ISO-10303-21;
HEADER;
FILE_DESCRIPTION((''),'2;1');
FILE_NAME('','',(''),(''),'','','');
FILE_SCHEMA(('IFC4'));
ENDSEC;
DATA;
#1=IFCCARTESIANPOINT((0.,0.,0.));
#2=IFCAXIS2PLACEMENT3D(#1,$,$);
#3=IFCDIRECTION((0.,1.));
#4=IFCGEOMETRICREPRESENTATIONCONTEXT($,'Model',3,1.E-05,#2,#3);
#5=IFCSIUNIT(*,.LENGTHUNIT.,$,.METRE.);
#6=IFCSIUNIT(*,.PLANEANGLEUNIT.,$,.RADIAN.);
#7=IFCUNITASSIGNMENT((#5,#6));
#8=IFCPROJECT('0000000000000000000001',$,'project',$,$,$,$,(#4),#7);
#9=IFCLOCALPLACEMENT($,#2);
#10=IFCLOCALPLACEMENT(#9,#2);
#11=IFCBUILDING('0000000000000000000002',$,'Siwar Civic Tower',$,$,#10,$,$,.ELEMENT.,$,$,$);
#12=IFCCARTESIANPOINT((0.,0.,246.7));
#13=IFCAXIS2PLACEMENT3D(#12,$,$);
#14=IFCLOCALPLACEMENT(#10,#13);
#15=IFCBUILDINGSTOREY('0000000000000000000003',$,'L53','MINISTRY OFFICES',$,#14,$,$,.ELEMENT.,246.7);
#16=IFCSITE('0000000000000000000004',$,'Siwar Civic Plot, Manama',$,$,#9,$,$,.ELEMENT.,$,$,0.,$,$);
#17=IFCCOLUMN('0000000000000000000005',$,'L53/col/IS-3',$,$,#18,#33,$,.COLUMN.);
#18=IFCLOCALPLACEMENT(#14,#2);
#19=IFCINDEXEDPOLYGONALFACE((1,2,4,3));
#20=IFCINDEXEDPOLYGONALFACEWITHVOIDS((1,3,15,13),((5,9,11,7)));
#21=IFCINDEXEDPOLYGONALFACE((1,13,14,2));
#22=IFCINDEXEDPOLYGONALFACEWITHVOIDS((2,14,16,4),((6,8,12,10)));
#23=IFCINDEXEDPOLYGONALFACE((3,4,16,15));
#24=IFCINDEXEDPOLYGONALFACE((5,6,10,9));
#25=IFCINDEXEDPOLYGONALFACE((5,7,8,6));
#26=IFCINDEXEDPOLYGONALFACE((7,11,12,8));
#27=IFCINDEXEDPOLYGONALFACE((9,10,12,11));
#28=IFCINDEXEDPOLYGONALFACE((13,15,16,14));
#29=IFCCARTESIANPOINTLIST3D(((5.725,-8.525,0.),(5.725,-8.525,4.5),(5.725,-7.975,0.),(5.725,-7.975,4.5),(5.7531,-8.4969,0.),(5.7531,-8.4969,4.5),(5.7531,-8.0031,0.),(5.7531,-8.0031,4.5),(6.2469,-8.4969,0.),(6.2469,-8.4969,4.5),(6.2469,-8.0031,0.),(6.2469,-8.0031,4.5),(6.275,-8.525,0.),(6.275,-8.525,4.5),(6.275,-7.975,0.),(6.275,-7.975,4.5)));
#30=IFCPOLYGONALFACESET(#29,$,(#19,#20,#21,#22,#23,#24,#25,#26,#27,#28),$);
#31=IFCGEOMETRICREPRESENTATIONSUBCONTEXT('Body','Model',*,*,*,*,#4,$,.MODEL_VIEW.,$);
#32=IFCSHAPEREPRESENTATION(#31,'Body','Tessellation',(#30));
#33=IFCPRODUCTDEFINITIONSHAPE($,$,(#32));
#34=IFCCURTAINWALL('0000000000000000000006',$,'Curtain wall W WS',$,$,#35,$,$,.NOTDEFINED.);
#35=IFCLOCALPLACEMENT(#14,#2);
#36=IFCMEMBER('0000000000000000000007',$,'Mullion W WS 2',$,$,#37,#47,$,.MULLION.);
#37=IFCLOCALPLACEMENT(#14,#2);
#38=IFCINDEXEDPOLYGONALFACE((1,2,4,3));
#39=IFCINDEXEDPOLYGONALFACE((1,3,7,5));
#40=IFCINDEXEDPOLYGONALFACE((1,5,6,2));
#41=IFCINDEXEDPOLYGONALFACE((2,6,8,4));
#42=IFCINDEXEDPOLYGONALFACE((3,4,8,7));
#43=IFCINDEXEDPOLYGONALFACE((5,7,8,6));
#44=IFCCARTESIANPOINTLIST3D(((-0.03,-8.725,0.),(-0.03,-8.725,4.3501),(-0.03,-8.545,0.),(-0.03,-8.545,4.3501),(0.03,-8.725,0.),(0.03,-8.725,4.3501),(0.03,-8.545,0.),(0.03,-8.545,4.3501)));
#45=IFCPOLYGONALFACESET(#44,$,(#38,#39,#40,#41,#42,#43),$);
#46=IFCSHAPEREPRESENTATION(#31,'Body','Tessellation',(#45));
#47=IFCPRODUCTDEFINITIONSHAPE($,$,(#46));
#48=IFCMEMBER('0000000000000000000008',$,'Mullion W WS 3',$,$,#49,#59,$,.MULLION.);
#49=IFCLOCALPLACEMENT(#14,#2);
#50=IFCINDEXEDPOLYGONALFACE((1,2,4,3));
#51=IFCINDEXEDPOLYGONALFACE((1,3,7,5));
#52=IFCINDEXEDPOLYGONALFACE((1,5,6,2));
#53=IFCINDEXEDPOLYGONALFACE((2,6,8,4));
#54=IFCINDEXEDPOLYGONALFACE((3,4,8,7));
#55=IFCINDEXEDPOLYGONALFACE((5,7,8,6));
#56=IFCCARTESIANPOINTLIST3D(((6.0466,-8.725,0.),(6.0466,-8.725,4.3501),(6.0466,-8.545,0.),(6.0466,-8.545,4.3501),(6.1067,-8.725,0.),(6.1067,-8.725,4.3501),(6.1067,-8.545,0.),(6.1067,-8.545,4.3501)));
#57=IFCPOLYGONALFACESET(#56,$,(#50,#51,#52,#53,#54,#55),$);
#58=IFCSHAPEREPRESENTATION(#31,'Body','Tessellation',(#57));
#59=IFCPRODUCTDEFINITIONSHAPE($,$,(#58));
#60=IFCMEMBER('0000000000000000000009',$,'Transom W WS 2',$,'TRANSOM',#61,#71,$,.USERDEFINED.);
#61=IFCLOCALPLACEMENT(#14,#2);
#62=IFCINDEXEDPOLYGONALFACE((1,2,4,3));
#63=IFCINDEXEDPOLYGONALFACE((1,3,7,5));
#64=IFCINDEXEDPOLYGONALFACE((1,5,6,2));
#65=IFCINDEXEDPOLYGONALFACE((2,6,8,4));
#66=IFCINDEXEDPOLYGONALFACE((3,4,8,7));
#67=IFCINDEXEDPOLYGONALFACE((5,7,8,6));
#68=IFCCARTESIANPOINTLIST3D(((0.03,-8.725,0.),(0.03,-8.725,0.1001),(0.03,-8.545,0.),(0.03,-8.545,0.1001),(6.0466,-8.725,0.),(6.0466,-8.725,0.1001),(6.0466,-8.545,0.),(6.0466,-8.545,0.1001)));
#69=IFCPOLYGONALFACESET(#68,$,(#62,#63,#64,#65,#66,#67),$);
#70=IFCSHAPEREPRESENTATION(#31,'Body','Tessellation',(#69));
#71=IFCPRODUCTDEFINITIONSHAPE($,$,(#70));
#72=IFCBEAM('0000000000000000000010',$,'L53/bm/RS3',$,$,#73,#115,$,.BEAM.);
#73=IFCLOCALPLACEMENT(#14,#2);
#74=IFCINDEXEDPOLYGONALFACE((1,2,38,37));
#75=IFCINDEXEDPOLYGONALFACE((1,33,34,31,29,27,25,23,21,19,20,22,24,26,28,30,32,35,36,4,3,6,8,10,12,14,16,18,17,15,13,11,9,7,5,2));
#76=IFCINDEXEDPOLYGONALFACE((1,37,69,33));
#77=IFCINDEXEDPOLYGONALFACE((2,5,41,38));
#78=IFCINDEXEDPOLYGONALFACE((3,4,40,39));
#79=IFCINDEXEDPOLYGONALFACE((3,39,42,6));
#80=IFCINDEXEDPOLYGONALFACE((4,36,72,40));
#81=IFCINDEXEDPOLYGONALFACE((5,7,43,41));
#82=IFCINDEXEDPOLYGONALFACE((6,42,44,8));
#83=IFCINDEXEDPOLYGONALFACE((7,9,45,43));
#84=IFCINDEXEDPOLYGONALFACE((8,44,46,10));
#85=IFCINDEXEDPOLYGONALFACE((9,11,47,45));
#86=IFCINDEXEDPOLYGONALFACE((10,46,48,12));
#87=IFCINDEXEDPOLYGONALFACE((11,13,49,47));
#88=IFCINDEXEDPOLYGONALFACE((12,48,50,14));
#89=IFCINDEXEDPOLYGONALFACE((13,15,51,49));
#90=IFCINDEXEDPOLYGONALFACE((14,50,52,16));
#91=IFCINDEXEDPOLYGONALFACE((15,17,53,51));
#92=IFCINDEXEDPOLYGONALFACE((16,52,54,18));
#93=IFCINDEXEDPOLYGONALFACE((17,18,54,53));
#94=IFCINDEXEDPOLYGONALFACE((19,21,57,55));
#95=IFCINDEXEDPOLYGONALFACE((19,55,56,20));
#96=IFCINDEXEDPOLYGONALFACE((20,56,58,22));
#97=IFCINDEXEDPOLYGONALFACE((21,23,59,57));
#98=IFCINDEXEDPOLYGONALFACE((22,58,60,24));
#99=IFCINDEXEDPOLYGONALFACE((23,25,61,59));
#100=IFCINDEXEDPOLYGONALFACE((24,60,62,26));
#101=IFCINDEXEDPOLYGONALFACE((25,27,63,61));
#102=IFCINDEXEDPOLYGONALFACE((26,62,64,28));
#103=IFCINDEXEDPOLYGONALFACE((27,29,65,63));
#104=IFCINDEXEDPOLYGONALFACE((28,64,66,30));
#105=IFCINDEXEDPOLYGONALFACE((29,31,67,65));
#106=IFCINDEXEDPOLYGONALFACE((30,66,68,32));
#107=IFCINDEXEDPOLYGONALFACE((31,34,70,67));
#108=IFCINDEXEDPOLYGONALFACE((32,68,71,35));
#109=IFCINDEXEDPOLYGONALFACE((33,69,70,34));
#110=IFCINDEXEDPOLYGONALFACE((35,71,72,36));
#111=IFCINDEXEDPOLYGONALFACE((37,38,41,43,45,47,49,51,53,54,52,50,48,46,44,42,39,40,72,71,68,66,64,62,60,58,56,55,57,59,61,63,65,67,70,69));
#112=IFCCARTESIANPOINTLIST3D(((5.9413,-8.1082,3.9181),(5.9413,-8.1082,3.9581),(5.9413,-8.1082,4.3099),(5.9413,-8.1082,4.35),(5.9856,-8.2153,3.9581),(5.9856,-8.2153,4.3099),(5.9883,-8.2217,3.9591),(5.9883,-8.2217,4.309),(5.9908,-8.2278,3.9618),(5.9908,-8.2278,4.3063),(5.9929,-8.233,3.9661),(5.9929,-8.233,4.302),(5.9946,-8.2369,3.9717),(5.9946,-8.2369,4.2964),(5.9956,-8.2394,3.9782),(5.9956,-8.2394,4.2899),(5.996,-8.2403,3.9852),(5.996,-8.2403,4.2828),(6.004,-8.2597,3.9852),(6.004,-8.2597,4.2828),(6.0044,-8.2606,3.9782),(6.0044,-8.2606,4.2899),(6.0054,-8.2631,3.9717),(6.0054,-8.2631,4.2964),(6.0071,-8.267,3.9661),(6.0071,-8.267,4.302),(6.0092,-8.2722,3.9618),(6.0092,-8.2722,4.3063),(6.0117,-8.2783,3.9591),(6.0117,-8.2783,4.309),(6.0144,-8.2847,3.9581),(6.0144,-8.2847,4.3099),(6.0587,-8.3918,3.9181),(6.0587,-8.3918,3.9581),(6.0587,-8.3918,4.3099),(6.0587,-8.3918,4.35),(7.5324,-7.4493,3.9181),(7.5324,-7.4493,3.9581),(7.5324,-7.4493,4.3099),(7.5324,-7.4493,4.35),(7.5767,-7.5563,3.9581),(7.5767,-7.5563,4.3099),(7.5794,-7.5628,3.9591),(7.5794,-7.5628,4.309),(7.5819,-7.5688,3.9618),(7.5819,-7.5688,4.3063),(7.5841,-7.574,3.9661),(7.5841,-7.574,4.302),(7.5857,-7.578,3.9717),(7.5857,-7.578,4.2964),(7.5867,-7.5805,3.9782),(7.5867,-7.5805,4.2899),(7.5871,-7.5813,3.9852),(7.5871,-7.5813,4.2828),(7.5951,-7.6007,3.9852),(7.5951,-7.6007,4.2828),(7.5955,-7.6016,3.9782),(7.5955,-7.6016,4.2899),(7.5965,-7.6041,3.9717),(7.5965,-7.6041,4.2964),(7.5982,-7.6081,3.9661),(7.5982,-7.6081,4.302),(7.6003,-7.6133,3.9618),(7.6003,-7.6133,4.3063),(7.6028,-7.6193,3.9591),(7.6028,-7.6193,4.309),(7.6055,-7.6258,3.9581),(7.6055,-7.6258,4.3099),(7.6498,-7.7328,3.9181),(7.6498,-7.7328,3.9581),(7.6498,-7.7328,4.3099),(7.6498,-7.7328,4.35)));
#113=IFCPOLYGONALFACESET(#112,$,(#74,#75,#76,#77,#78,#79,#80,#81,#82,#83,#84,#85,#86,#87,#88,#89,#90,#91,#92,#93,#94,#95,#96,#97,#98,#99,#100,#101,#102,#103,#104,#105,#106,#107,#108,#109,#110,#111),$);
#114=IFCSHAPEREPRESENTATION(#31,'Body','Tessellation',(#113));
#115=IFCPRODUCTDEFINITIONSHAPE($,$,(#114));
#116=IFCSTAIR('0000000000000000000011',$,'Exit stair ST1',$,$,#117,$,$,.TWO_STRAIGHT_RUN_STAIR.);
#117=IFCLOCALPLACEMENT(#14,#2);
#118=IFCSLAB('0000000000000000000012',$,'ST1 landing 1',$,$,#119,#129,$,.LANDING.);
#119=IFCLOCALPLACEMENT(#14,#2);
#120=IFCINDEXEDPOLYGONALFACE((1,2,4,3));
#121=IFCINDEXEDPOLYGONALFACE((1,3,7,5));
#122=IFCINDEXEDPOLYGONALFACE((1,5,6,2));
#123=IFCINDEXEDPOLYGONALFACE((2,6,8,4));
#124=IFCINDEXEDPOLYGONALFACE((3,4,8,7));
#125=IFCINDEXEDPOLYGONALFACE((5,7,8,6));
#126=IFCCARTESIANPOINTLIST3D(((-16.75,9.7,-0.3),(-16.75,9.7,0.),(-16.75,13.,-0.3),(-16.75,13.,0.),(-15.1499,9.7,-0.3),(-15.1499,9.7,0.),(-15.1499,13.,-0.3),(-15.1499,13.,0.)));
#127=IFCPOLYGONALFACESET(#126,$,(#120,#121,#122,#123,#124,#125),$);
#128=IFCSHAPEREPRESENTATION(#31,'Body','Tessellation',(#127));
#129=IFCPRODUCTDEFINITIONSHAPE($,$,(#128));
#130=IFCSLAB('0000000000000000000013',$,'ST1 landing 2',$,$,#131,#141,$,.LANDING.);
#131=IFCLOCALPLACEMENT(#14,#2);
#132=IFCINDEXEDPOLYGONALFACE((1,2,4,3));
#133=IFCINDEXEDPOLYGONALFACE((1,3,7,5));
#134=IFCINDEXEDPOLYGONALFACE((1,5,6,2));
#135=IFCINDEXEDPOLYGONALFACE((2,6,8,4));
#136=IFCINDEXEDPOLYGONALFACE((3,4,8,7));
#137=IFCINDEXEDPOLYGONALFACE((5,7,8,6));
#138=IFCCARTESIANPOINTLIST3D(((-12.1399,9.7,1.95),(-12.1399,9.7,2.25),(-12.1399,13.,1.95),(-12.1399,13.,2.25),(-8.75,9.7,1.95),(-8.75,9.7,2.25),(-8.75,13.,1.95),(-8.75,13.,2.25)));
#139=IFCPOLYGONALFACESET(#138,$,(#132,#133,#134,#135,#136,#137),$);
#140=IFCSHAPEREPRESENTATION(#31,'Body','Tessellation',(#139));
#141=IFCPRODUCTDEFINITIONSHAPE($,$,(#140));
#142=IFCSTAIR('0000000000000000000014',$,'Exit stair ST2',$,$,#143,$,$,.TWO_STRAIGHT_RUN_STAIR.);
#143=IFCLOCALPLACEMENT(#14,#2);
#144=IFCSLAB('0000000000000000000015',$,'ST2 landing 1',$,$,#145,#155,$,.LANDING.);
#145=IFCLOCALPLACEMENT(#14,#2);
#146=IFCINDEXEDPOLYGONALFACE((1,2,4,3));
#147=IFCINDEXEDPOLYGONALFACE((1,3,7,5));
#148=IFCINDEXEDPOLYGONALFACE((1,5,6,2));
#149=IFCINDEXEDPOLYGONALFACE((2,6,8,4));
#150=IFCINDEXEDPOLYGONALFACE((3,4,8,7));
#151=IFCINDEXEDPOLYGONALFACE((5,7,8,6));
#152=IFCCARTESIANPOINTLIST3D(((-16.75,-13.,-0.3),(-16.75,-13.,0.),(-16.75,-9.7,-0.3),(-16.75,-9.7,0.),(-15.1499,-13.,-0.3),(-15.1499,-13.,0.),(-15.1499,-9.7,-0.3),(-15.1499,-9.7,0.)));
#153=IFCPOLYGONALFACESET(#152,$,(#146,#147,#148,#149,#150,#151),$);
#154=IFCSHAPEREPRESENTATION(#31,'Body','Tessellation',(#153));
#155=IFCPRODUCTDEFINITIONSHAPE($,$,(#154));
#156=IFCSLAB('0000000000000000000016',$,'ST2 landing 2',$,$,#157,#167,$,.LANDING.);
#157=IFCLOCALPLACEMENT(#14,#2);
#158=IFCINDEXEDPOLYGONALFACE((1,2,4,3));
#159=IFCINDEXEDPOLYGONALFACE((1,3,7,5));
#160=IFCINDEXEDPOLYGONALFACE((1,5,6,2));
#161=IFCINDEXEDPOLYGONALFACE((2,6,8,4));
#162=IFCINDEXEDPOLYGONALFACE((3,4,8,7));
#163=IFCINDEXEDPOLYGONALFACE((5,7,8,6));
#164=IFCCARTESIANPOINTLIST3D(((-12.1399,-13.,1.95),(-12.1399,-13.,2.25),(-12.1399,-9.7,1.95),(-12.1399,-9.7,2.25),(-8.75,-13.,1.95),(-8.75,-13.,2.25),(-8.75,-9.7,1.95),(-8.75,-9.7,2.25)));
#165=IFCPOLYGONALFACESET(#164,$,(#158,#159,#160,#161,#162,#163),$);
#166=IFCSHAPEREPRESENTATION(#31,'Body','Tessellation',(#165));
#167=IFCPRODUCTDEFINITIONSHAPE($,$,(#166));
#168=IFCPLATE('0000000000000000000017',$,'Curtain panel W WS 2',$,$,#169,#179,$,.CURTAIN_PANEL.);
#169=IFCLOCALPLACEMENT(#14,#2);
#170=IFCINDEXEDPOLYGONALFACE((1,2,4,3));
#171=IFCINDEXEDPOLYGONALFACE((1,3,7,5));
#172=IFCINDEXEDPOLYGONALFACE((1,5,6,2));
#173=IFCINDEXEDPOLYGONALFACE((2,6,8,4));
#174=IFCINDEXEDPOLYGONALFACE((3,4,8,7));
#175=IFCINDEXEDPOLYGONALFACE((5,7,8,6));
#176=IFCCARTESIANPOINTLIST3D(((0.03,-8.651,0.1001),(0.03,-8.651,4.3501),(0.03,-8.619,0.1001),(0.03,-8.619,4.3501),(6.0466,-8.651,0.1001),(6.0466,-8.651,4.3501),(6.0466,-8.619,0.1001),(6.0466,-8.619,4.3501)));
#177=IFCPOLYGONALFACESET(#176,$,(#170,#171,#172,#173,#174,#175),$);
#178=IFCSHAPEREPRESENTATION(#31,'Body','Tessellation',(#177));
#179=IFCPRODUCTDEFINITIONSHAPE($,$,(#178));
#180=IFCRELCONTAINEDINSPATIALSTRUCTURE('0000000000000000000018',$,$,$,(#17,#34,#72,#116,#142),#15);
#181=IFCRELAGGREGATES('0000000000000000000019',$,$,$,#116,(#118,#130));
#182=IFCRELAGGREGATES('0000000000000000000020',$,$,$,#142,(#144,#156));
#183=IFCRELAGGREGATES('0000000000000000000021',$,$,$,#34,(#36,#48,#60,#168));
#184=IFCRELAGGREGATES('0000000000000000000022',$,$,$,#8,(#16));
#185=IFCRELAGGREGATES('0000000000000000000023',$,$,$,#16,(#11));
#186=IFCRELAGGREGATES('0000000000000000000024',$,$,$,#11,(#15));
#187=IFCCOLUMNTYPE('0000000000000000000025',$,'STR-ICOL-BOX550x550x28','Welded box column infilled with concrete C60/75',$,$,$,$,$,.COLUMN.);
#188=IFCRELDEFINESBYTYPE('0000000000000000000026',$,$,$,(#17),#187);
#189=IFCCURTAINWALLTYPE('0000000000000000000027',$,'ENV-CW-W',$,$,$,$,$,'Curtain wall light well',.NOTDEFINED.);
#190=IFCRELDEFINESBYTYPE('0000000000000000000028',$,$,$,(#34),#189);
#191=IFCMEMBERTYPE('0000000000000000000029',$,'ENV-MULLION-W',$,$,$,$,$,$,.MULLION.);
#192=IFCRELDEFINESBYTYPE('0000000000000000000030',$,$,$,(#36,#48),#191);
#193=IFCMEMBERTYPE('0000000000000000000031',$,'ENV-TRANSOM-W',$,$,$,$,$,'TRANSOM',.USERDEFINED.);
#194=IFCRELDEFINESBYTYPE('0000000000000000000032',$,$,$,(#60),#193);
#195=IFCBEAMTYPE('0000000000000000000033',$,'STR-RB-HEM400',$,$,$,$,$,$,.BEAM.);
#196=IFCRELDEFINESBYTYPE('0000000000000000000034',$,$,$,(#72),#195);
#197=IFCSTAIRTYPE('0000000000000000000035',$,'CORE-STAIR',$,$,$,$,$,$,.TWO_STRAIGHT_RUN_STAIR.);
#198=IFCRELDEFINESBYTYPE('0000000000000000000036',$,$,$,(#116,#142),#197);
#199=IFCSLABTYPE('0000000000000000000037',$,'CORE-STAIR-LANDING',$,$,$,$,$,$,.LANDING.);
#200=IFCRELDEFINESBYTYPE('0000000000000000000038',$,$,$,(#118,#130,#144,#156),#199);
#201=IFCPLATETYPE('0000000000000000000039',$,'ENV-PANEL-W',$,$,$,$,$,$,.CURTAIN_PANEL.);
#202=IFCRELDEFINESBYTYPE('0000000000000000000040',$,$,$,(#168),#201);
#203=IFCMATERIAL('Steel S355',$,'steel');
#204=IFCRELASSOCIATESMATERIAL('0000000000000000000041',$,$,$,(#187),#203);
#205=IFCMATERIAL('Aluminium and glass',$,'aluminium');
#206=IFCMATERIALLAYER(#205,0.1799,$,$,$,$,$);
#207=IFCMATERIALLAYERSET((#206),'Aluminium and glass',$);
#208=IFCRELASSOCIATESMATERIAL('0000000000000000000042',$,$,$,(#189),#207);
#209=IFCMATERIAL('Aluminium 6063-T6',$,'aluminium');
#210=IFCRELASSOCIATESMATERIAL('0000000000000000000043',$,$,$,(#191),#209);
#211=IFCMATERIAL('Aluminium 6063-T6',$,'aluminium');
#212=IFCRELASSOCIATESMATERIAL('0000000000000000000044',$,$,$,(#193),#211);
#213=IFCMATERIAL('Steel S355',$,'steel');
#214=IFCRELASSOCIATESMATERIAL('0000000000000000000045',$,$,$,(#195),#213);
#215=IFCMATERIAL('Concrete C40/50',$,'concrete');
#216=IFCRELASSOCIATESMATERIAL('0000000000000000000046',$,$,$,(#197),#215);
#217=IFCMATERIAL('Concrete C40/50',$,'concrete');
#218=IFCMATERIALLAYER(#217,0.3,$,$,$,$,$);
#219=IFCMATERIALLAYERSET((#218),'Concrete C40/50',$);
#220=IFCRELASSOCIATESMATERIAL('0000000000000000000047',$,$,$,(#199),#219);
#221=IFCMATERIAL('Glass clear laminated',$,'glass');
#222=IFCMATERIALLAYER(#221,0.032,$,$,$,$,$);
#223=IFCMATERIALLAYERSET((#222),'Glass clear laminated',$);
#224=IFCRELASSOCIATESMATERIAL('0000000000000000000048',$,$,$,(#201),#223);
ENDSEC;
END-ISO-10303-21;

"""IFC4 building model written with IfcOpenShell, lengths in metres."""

from ifc_helpers import new_model, si_unit, direction, frame, origin, origin_2d, place, context, subcontext, project, spatial, polyline, rectangle, hollow_rectangle, i_section, outline, extrude, material, layer, layer_set, material_profile, profile_set, type_object, element, aggregate, save


model = new_model("IFC4")

# Units and contexts
model_context = context("Model", 3, precision=1e-05, world=origin(), true_north=direction((0.0, 1.0)))
body_context = subcontext(model_context, "Body", "Model", "MODEL_VIEW")
ifc_project = project(units=[si_unit("LENGTHUNIT", "METRE"), si_unit("PLANEANGLEUNIT", "RADIAN")], contexts=[model_context])

# Site, building, storey
site_placement = place(None, origin())
site = spatial("IfcSite", under=ifc_project, at=site_placement, Name="Siwar Civic Plot, Manama", CompositionType="ELEMENT", RefElevation=0.0)
building_placement = place(site_placement, origin())
building = spatial("IfcBuilding", under=site, at=building_placement, Name="Siwar Civic Tower", CompositionType="ELEMENT")
storey_placement = place(building_placement, frame((0.0, 0.0, 246.7)))
storey = spatial("IfcBuildingStorey", under=building, at=storey_placement, Name="L53", Description="MINISTRY OFFICES", CompositionType="ELEMENT", Elevation=246.7)

# Column
ifc_material_1 = material(Name="Steel S355", Category="steel")
ifc_material_profile_1 = material_profile(ifc_material_1, hollow_rectangle(XDim=0.55, YDim=0.55, WallThickness=0.0281, at=origin_2d()), Name="BOX550x550x28")
ifc_profile_set_1 = profile_set([ifc_material_profile_1], Name="Steel S355")
column_type = type_object("IfcColumnType", Name="STR-ICOL-BOX550x550x28", Description="Welded box column infilled with concrete C60/75", PredefinedType="COLUMN", material=ifc_profile_set_1)
column_placement = place(storey_placement, frame((6.0, -8.25, 0.0), z_axis=(0.0, 0.0, 1.0), x_axis=(1.0, 0.0, 0.0)))
element("IfcColumn", 1, at=column_placement, inside=storey, type_object=column_type, Name="L53/col/IS-3", PredefinedType="COLUMN", context=body_context, shape_type="SweptSolid", body=[
    extrude(hollow_rectangle(XDim=0.55, YDim=0.55, WallThickness=0.0281, at=origin_2d()), origin(), (0.0, 0.0, 1.0), 4.5),
])

# Curtain wall, members
ifc_material_2 = material(Name="Aluminium and glass", Category="aluminium")
ifc_layer_1 = layer(ifc_material_2, 0.1799)
ifc_layer_set_1 = layer_set([ifc_layer_1], Name="Aluminium and glass")
curtain_wall_type = type_object("IfcCurtainWallType", Name="ENV-CW-W", ElementType="Curtain wall light well", PredefinedType="NOTDEFINED", material=ifc_layer_set_1)
curtain_wall_placement = place(storey_placement, origin())
curtain_wall = element("IfcCurtainWall", 2, at=curtain_wall_placement, inside=storey, type_object=curtain_wall_type, Name="Curtain wall W WS", PredefinedType="NOTDEFINED")
ifc_material_3 = material(Name="Aluminium 6063-T6", Category="aluminium")
ifc_material_profile_2 = material_profile(ifc_material_3, rectangle(XDim=0.1799, YDim=0.0601, at=origin_2d()), Name="AL 180x60")
ifc_profile_set_2 = profile_set([ifc_material_profile_2], Name="Aluminium 6063-T6")
member_type_1 = type_object("IfcMemberType", Name="ENV-MULLION-W", PredefinedType="MULLION", material=ifc_profile_set_2)
member_1_placement = place(storey_placement, frame((0.0, -8.635, 0.0), z_axis=(0.0, 0.0, 1.0), x_axis=(0.0, 1.0, 0.0)))
member_1 = element("IfcMember", 3, at=member_1_placement, type_object=member_type_1, Name="Mullion W WS 2", PredefinedType="MULLION", context=body_context, shape_type="SweptSolid", body=[
    extrude(rectangle(XDim=0.1799, YDim=0.0601, at=origin_2d()), origin(), (0.0, 0.0, 1.0), 4.3501),
])
member_2_placement = place(storey_placement, frame((6.0767, -8.635, 0.0), z_axis=(0.0, 0.0, 1.0), x_axis=(0.0, 1.0, 0.0)))
member_2 = element("IfcMember", 4, at=member_2_placement, type_object=member_type_1, Name="Mullion W WS 3", PredefinedType="MULLION", context=body_context, shape_type="SweptSolid", body=[
    extrude(rectangle(XDim=0.1799, YDim=0.0601, at=origin_2d()), origin(), (0.0, 0.0, 1.0), 4.3501),
])
ifc_material_4 = material(Name="Aluminium 6063-T6", Category="aluminium")
ifc_material_profile_3 = material_profile(ifc_material_4, rectangle(XDim=0.1799, YDim=0.1001, at=origin_2d()), Name="AL 180x100")
ifc_profile_set_3 = profile_set([ifc_material_profile_3], Name="Aluminium 6063-T6")
member_type_2 = type_object("IfcMemberType", Name="ENV-TRANSOM-W", ElementType="TRANSOM", PredefinedType="USERDEFINED", material=ifc_profile_set_3)
member_3_placement = place(storey_placement, frame((0.03, -8.635, 0.05), z_axis=(1.0, 0.0, 0.0), x_axis=(0.0, 1.0, 0.0)))
member_3 = element("IfcMember", 5, at=member_3_placement, type_object=member_type_2, Name="Transom W WS 2", ObjectType="TRANSOM", PredefinedType="USERDEFINED", context=body_context, shape_type="SweptSolid", body=[
    extrude(rectangle(XDim=0.1799, YDim=0.1001, at=origin_2d()), origin(), (0.0, 0.0, 1.0), 6.0166),
])

# Beam
ifc_material_5 = material(Name="Steel S355", Category="steel")
ifc_material_profile_4 = material_profile(ifc_material_5, i_section(OverallWidth=0.3069, OverallDepth=0.4319, WebThickness=0.021, FlangeThickness=0.04, FilletRadius=0.0271, at=origin_2d()), Name="HEM400")
ifc_profile_set_4 = profile_set([ifc_material_profile_4], Name="Steel S355")
beam_type = type_object("IfcBeamType", Name="STR-RB-HEM400", PredefinedType="BEAM", material=ifc_profile_set_4)
beam_placement = place(storey_placement, frame((6.0, -8.25, 4.134), z_axis=(0.923901, 0.382631, 0.0), x_axis=(-0.382631, 0.923901, 0.0)))
element("IfcBeam", 6, at=beam_placement, inside=storey, type_object=beam_type, Name="L53/bm/RS3", PredefinedType="BEAM", context=body_context, shape_type="SweptSolid", body=[
    extrude(i_section(OverallWidth=0.3069, OverallDepth=0.4319, WebThickness=0.021, FlangeThickness=0.04, FilletRadius=0.0271, at=origin_2d()), origin(), (0.0, 0.0, 1.0), 1.7222),
])

# Stairs, slabs
ifc_material_6 = material(Name="Concrete C40/50", Category="concrete")
stair_type = type_object("IfcStairType", Name="CORE-STAIR", PredefinedType="TWO_STRAIGHT_RUN_STAIR", material=ifc_material_6)
stair_1_placement = place(storey_placement, origin())
stair_1 = element("IfcStair", 7, at=stair_1_placement, inside=storey, type_object=stair_type, Name="Exit stair ST1", PredefinedType="TWO_STRAIGHT_RUN_STAIR")
ifc_material_7 = material(Name="Concrete C40/50", Category="concrete")
ifc_layer_2 = layer(ifc_material_7, 0.3)
ifc_layer_set_2 = layer_set([ifc_layer_2], Name="Concrete C40/50")
slab_type = type_object("IfcSlabType", Name="CORE-STAIR-LANDING", PredefinedType="LANDING", material=ifc_layer_set_2)
slab_1_placement = place(storey_placement, frame((0.0, 0.0, -0.3)))
slab_1 = element("IfcSlab", 8, at=slab_1_placement, type_object=slab_type, Name="ST1 landing 1", PredefinedType="LANDING", context=body_context, shape_type="SweptSolid", body=[
    extrude(outline(polyline([(-15.1499, 13.0), (-16.75, 13.0), (-16.75, 9.7), (-15.1499, 9.7), (-15.1499, 13.0)])), origin(), (0.0, 0.0, 1.0), 0.3),
])
slab_2_placement = place(storey_placement, frame((0.0, 0.0, 1.95)))
slab_2 = element("IfcSlab", 9, at=slab_2_placement, type_object=slab_type, Name="ST1 landing 2", PredefinedType="LANDING", context=body_context, shape_type="SweptSolid", body=[
    extrude(outline(polyline([(-8.75, 13.0), (-12.1399, 13.0), (-12.1399, 9.7), (-8.75, 9.7), (-8.75, 13.0)])), origin(), (0.0, 0.0, 1.0), 0.3),
])
aggregate(stair_1, [slab_1, slab_2])
stair_2_placement = place(storey_placement, origin())
stair_2 = element("IfcStair", 10, at=stair_2_placement, inside=storey, type_object=stair_type, Name="Exit stair ST2", PredefinedType="TWO_STRAIGHT_RUN_STAIR")
slab_3_placement = place(storey_placement, frame((0.0, 0.0, -0.3)))
slab_3 = element("IfcSlab", 11, at=slab_3_placement, type_object=slab_type, Name="ST2 landing 1", PredefinedType="LANDING", context=body_context, shape_type="SweptSolid", body=[
    extrude(outline(polyline([(-15.1499, -9.7), (-16.75, -9.7), (-16.75, -13.0), (-15.1499, -13.0), (-15.1499, -9.7)])), origin(), (0.0, 0.0, 1.0), 0.3),
])
slab_4_placement = place(storey_placement, frame((0.0, 0.0, 1.95)))
slab_4 = element("IfcSlab", 12, at=slab_4_placement, type_object=slab_type, Name="ST2 landing 2", PredefinedType="LANDING", context=body_context, shape_type="SweptSolid", body=[
    extrude(outline(polyline([(-8.75, -9.7), (-12.1399, -9.7), (-12.1399, -13.0), (-8.75, -13.0), (-8.75, -9.7)])), origin(), (0.0, 0.0, 1.0), 0.3),
])
aggregate(stair_2, [slab_3, slab_4])

# Plate
ifc_material_8 = material(Name="Glass clear laminated", Category="glass")
ifc_layer_3 = layer(ifc_material_8, 0.032)
ifc_layer_set_3 = layer_set([ifc_layer_3], Name="Glass clear laminated")
plate_type = type_object("IfcPlateType", Name="ENV-PANEL-W", PredefinedType="CURTAIN_PANEL", material=ifc_layer_set_3)
plate_placement = place(storey_placement, frame((3.0383, -8.635, 0.1001), z_axis=(0.0, 0.0, 1.0), x_axis=(1.0, 0.0, 0.0)))
plate = element("IfcPlate", 13, at=plate_placement, type_object=plate_type, Name="Curtain panel W WS 2", PredefinedType="CURTAIN_PANEL", context=body_context, shape_type="SweptSolid", body=[
    extrude(rectangle(XDim=6.0166, YDim=0.032, at=origin_2d()), origin(), (0.0, 0.0, 1.0), 4.25),
])
aggregate(curtain_wall, [member_1, member_2, member_3, plate])

save(model, "model.ifc")
